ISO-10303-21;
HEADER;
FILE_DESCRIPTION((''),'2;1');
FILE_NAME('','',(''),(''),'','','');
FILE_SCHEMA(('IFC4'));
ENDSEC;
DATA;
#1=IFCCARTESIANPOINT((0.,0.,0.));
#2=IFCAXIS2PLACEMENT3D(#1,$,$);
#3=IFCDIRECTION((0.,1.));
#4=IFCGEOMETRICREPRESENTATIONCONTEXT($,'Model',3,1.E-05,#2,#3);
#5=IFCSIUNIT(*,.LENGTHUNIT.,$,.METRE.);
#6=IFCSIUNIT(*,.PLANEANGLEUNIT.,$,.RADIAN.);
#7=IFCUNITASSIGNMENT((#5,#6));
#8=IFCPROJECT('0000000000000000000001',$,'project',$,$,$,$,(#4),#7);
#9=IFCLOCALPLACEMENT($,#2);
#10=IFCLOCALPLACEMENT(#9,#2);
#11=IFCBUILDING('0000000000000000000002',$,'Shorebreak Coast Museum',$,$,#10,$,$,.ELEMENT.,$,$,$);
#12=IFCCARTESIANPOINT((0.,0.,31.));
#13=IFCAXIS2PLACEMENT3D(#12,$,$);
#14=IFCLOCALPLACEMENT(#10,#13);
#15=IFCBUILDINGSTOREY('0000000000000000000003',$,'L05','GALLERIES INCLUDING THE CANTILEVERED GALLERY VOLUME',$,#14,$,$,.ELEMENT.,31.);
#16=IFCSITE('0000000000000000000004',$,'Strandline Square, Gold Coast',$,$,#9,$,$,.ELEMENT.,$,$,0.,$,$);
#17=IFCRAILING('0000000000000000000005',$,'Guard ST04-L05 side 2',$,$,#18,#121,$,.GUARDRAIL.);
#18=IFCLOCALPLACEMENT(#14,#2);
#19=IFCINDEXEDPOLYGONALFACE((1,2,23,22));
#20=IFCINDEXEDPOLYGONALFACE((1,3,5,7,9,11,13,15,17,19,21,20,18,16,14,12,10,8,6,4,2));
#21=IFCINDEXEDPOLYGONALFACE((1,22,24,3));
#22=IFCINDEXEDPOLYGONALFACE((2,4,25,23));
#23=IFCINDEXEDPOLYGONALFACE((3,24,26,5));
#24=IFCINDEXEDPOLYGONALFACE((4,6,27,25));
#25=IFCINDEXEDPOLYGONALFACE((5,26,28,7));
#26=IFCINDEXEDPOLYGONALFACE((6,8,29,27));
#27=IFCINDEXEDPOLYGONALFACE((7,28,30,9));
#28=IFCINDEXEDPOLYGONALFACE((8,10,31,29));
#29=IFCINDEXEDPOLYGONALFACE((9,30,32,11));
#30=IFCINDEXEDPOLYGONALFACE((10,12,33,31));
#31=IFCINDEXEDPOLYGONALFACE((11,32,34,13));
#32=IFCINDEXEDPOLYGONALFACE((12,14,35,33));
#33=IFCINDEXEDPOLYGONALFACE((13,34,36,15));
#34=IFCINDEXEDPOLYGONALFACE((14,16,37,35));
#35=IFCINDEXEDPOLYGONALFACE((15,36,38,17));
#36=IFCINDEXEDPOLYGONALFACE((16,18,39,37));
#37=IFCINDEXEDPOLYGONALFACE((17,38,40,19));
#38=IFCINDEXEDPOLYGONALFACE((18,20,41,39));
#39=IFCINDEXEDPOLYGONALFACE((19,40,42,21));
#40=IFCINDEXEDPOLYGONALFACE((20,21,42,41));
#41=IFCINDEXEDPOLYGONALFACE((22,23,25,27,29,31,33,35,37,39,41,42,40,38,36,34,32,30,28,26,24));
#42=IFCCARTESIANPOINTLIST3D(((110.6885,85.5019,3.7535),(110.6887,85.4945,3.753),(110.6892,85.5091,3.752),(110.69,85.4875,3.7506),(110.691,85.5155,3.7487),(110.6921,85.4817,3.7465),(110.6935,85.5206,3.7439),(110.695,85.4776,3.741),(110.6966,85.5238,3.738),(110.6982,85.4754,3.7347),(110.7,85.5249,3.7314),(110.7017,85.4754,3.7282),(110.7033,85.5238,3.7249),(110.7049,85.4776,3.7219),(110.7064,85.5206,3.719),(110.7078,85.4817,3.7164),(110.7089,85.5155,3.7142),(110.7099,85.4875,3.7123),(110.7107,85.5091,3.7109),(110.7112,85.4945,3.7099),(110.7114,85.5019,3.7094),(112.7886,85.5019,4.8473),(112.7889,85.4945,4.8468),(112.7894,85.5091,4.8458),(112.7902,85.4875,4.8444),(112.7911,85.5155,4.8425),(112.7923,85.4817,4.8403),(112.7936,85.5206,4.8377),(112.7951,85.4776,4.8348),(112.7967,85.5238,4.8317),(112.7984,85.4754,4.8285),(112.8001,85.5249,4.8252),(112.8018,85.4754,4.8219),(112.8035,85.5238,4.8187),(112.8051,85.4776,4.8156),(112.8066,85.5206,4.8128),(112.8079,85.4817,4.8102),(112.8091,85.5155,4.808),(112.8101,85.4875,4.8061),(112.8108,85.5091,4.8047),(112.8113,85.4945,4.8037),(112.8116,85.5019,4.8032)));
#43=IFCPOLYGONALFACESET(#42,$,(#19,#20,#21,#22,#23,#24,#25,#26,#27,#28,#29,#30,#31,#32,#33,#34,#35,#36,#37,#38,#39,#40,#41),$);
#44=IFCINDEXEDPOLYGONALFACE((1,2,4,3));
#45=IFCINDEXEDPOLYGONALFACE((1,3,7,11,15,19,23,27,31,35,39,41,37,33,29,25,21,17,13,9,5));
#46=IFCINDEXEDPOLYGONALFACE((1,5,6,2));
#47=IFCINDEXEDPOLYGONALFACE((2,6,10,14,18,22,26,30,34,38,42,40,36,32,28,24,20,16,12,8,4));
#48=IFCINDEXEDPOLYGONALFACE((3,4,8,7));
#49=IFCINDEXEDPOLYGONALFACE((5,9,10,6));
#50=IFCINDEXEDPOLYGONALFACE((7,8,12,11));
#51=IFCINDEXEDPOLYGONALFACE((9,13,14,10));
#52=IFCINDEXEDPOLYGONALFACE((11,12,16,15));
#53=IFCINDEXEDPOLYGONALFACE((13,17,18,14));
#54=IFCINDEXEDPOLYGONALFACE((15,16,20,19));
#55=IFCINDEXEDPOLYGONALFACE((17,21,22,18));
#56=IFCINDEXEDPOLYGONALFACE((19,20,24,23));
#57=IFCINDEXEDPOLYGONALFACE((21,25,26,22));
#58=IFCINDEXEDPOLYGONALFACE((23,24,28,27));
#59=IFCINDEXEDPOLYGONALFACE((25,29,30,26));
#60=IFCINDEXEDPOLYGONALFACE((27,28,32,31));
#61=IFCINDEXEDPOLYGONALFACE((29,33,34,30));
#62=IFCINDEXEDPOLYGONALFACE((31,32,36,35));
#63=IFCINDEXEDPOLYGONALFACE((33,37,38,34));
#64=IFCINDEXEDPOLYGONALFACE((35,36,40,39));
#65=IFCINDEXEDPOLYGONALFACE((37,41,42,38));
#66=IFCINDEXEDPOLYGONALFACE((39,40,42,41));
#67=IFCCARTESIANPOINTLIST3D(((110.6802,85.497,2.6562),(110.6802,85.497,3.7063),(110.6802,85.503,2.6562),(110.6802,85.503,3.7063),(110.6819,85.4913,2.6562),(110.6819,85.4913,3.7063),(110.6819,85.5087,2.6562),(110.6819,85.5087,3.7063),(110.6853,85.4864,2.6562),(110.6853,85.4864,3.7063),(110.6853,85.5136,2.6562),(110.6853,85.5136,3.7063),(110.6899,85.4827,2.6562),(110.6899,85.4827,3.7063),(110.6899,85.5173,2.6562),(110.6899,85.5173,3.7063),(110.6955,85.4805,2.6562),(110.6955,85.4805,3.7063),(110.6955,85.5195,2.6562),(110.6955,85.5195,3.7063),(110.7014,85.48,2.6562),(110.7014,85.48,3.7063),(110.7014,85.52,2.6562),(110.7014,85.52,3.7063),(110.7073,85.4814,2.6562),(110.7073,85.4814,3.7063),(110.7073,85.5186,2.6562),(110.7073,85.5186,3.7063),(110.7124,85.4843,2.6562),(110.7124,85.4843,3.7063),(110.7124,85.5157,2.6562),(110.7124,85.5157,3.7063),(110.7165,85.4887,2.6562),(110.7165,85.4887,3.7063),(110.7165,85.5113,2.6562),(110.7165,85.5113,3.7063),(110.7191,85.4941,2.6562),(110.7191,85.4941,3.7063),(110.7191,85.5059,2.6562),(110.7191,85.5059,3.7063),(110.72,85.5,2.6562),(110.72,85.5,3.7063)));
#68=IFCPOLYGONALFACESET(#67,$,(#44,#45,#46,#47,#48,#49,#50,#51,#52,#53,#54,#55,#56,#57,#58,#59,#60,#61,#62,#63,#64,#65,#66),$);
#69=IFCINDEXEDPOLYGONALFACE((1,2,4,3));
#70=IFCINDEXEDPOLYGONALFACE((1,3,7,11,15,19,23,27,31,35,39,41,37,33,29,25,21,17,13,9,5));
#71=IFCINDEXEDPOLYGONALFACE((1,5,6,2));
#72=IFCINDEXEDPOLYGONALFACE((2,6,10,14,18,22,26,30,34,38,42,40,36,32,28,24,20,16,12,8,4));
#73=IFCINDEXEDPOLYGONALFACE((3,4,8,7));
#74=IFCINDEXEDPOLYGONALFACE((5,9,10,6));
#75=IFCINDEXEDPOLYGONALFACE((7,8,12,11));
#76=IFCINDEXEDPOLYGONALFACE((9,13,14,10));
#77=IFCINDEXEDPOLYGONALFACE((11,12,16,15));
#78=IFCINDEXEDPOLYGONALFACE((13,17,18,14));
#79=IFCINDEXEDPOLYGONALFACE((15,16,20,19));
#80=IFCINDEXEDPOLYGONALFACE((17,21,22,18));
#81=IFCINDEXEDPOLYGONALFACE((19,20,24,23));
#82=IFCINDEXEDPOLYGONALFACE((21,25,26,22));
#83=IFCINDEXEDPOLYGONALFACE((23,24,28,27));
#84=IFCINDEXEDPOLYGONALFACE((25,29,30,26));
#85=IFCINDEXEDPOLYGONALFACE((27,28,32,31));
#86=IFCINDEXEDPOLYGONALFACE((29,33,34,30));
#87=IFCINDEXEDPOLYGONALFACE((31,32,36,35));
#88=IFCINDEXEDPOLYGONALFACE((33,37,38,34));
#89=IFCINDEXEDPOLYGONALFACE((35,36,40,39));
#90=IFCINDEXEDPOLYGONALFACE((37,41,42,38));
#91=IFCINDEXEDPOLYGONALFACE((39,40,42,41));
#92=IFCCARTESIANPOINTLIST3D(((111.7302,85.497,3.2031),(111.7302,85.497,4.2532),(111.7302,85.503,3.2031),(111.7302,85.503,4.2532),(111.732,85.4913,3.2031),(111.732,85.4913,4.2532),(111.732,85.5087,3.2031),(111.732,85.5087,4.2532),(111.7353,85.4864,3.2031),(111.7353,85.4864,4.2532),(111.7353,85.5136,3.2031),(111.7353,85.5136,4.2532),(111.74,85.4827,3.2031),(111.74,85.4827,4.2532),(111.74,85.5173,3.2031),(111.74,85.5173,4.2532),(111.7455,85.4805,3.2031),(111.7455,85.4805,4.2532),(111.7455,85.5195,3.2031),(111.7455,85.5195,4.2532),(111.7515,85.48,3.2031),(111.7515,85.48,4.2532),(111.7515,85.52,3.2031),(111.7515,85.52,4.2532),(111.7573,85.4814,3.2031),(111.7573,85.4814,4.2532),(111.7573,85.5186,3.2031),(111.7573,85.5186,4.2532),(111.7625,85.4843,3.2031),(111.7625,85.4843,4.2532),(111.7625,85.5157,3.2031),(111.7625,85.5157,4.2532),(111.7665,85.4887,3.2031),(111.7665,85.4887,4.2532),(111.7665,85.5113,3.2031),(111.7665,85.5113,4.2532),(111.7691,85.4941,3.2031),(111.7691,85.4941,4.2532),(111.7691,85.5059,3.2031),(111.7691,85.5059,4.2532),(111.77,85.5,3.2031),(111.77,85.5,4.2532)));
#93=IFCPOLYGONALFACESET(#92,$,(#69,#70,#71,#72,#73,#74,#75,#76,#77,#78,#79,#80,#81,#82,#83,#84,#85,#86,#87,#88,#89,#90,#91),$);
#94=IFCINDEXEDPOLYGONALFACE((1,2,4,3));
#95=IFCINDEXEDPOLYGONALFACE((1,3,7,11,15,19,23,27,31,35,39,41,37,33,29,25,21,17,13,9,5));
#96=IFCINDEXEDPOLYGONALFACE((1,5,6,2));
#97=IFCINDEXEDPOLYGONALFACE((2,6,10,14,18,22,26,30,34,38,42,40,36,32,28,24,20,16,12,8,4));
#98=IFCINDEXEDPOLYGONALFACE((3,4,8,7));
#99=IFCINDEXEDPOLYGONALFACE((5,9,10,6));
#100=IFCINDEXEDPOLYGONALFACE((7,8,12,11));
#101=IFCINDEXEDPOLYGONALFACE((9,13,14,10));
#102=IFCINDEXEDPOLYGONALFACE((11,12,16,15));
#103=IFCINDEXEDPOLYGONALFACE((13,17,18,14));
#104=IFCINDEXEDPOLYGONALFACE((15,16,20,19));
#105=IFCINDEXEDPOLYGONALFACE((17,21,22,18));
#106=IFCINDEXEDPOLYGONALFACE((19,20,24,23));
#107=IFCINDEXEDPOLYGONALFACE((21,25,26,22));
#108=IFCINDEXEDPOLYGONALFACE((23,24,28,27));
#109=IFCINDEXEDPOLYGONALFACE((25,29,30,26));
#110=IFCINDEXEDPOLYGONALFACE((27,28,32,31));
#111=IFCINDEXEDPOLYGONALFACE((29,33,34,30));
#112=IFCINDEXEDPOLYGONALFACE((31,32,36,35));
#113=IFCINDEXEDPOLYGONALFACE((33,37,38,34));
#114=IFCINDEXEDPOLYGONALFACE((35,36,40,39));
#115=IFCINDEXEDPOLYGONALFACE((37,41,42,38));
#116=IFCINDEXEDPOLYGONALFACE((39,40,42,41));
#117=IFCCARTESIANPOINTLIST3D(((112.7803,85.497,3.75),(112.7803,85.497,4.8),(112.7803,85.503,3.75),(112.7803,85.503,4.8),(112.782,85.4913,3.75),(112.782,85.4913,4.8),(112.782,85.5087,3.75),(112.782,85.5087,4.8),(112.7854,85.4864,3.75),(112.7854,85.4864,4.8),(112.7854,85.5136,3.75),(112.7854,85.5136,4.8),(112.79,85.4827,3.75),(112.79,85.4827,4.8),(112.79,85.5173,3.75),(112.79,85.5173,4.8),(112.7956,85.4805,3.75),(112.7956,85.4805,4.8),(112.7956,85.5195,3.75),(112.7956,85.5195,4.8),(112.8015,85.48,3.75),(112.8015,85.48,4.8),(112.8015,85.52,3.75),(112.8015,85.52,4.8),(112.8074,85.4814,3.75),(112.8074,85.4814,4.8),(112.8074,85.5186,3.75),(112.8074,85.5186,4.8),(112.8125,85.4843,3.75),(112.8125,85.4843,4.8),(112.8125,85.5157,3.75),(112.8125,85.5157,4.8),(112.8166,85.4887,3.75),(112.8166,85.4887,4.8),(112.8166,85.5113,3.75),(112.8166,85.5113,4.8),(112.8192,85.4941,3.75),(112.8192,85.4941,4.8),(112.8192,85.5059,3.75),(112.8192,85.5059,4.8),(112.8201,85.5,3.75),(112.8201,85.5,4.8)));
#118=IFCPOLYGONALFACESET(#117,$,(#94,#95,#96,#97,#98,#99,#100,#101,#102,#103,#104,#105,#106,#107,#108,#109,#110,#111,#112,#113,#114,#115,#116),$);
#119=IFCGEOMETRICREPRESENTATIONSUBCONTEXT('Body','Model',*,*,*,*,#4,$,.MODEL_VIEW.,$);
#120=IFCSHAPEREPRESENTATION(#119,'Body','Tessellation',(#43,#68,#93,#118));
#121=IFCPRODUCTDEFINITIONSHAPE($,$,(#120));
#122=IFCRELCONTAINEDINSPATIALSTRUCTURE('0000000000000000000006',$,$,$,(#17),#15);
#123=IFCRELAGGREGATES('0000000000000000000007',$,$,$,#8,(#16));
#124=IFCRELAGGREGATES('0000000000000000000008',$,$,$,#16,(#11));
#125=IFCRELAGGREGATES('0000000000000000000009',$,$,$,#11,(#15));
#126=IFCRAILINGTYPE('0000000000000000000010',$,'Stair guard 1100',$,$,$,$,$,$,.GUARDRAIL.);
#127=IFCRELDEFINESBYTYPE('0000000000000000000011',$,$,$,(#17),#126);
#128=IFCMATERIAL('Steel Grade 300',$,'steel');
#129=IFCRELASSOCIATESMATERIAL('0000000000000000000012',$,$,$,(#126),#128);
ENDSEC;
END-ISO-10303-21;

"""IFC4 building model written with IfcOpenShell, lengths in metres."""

from ifc_helpers import new_model, si_unit, direction, frame, origin, origin_2d, place, context, subcontext, project, spatial, circle, extrude, material, type_object, element, save


model = new_model("IFC4")

# Units and contexts
model_context = context("Model", 3, precision=1e-05, world=origin(), true_north=direction((0.0, 1.0)))
body_context = subcontext(model_context, "Body", "Model", "MODEL_VIEW")
ifc_project = project(units=[si_unit("LENGTHUNIT", "METRE"), si_unit("PLANEANGLEUNIT", "RADIAN")], contexts=[model_context])

# Site, building, storey
site_placement = place(None, origin())
site = spatial("IfcSite", under=ifc_project, at=site_placement, Name="Strandline Square, Gold Coast", CompositionType="ELEMENT", RefElevation=0.0)
building_placement = place(site_placement, origin())
building = spatial("IfcBuilding", under=site, at=building_placement, Name="Shorebreak Coast Museum", CompositionType="ELEMENT")
storey_placement = place(building_placement, frame((0.0, 0.0, 31.0)))
storey = spatial("IfcBuildingStorey", under=building, at=storey_placement, Name="L05", Description="GALLERIES INCLUDING THE CANTILEVERED GALLERY VOLUME", CompositionType="ELEMENT", Elevation=31.0)

# Railing
ifc_material_1 = material(Name="Steel Grade 300", Category="steel")
railing_type_1 = type_object("IfcRailingType", Name="Stair guard 1100", PredefinedType="GUARDRAIL", material=ifc_material_1)
railing_1_placement = place(storey_placement, frame((110.7, 85.5, 2.6562)))
element("IfcRailing", 1, at=railing_1_placement, inside=storey, type_object=railing_type_1, Name="Guard ST04-L05 side 2", PredefinedType="GUARDRAIL", context=body_context, shape_type="SweptSolid", body=[
    extrude(circle(Radius=0.0249, at=origin_2d()), frame((0.0, 0.0, 1.0752), z_axis=(0.886923, 0.0, 0.461918), x_axis=(0.0, 1.0, 0.0)), (0.0, 0.0, 1.0), 2.3679),
    extrude(circle(Radius=0.02, at=origin_2d()), origin(), (0.0, 0.0, 1.0), 1.05),
    extrude(circle(Radius=0.02, at=origin_2d()), frame((1.05, 0.0, 0.5469)), (0.0, 0.0, 1.0), 1.05),
    extrude(circle(Radius=0.02, at=origin_2d()), frame((2.1001, 0.0, 1.0938)), (0.0, 0.0, 1.0), 1.05),
])

save(model, "model.ifc")
